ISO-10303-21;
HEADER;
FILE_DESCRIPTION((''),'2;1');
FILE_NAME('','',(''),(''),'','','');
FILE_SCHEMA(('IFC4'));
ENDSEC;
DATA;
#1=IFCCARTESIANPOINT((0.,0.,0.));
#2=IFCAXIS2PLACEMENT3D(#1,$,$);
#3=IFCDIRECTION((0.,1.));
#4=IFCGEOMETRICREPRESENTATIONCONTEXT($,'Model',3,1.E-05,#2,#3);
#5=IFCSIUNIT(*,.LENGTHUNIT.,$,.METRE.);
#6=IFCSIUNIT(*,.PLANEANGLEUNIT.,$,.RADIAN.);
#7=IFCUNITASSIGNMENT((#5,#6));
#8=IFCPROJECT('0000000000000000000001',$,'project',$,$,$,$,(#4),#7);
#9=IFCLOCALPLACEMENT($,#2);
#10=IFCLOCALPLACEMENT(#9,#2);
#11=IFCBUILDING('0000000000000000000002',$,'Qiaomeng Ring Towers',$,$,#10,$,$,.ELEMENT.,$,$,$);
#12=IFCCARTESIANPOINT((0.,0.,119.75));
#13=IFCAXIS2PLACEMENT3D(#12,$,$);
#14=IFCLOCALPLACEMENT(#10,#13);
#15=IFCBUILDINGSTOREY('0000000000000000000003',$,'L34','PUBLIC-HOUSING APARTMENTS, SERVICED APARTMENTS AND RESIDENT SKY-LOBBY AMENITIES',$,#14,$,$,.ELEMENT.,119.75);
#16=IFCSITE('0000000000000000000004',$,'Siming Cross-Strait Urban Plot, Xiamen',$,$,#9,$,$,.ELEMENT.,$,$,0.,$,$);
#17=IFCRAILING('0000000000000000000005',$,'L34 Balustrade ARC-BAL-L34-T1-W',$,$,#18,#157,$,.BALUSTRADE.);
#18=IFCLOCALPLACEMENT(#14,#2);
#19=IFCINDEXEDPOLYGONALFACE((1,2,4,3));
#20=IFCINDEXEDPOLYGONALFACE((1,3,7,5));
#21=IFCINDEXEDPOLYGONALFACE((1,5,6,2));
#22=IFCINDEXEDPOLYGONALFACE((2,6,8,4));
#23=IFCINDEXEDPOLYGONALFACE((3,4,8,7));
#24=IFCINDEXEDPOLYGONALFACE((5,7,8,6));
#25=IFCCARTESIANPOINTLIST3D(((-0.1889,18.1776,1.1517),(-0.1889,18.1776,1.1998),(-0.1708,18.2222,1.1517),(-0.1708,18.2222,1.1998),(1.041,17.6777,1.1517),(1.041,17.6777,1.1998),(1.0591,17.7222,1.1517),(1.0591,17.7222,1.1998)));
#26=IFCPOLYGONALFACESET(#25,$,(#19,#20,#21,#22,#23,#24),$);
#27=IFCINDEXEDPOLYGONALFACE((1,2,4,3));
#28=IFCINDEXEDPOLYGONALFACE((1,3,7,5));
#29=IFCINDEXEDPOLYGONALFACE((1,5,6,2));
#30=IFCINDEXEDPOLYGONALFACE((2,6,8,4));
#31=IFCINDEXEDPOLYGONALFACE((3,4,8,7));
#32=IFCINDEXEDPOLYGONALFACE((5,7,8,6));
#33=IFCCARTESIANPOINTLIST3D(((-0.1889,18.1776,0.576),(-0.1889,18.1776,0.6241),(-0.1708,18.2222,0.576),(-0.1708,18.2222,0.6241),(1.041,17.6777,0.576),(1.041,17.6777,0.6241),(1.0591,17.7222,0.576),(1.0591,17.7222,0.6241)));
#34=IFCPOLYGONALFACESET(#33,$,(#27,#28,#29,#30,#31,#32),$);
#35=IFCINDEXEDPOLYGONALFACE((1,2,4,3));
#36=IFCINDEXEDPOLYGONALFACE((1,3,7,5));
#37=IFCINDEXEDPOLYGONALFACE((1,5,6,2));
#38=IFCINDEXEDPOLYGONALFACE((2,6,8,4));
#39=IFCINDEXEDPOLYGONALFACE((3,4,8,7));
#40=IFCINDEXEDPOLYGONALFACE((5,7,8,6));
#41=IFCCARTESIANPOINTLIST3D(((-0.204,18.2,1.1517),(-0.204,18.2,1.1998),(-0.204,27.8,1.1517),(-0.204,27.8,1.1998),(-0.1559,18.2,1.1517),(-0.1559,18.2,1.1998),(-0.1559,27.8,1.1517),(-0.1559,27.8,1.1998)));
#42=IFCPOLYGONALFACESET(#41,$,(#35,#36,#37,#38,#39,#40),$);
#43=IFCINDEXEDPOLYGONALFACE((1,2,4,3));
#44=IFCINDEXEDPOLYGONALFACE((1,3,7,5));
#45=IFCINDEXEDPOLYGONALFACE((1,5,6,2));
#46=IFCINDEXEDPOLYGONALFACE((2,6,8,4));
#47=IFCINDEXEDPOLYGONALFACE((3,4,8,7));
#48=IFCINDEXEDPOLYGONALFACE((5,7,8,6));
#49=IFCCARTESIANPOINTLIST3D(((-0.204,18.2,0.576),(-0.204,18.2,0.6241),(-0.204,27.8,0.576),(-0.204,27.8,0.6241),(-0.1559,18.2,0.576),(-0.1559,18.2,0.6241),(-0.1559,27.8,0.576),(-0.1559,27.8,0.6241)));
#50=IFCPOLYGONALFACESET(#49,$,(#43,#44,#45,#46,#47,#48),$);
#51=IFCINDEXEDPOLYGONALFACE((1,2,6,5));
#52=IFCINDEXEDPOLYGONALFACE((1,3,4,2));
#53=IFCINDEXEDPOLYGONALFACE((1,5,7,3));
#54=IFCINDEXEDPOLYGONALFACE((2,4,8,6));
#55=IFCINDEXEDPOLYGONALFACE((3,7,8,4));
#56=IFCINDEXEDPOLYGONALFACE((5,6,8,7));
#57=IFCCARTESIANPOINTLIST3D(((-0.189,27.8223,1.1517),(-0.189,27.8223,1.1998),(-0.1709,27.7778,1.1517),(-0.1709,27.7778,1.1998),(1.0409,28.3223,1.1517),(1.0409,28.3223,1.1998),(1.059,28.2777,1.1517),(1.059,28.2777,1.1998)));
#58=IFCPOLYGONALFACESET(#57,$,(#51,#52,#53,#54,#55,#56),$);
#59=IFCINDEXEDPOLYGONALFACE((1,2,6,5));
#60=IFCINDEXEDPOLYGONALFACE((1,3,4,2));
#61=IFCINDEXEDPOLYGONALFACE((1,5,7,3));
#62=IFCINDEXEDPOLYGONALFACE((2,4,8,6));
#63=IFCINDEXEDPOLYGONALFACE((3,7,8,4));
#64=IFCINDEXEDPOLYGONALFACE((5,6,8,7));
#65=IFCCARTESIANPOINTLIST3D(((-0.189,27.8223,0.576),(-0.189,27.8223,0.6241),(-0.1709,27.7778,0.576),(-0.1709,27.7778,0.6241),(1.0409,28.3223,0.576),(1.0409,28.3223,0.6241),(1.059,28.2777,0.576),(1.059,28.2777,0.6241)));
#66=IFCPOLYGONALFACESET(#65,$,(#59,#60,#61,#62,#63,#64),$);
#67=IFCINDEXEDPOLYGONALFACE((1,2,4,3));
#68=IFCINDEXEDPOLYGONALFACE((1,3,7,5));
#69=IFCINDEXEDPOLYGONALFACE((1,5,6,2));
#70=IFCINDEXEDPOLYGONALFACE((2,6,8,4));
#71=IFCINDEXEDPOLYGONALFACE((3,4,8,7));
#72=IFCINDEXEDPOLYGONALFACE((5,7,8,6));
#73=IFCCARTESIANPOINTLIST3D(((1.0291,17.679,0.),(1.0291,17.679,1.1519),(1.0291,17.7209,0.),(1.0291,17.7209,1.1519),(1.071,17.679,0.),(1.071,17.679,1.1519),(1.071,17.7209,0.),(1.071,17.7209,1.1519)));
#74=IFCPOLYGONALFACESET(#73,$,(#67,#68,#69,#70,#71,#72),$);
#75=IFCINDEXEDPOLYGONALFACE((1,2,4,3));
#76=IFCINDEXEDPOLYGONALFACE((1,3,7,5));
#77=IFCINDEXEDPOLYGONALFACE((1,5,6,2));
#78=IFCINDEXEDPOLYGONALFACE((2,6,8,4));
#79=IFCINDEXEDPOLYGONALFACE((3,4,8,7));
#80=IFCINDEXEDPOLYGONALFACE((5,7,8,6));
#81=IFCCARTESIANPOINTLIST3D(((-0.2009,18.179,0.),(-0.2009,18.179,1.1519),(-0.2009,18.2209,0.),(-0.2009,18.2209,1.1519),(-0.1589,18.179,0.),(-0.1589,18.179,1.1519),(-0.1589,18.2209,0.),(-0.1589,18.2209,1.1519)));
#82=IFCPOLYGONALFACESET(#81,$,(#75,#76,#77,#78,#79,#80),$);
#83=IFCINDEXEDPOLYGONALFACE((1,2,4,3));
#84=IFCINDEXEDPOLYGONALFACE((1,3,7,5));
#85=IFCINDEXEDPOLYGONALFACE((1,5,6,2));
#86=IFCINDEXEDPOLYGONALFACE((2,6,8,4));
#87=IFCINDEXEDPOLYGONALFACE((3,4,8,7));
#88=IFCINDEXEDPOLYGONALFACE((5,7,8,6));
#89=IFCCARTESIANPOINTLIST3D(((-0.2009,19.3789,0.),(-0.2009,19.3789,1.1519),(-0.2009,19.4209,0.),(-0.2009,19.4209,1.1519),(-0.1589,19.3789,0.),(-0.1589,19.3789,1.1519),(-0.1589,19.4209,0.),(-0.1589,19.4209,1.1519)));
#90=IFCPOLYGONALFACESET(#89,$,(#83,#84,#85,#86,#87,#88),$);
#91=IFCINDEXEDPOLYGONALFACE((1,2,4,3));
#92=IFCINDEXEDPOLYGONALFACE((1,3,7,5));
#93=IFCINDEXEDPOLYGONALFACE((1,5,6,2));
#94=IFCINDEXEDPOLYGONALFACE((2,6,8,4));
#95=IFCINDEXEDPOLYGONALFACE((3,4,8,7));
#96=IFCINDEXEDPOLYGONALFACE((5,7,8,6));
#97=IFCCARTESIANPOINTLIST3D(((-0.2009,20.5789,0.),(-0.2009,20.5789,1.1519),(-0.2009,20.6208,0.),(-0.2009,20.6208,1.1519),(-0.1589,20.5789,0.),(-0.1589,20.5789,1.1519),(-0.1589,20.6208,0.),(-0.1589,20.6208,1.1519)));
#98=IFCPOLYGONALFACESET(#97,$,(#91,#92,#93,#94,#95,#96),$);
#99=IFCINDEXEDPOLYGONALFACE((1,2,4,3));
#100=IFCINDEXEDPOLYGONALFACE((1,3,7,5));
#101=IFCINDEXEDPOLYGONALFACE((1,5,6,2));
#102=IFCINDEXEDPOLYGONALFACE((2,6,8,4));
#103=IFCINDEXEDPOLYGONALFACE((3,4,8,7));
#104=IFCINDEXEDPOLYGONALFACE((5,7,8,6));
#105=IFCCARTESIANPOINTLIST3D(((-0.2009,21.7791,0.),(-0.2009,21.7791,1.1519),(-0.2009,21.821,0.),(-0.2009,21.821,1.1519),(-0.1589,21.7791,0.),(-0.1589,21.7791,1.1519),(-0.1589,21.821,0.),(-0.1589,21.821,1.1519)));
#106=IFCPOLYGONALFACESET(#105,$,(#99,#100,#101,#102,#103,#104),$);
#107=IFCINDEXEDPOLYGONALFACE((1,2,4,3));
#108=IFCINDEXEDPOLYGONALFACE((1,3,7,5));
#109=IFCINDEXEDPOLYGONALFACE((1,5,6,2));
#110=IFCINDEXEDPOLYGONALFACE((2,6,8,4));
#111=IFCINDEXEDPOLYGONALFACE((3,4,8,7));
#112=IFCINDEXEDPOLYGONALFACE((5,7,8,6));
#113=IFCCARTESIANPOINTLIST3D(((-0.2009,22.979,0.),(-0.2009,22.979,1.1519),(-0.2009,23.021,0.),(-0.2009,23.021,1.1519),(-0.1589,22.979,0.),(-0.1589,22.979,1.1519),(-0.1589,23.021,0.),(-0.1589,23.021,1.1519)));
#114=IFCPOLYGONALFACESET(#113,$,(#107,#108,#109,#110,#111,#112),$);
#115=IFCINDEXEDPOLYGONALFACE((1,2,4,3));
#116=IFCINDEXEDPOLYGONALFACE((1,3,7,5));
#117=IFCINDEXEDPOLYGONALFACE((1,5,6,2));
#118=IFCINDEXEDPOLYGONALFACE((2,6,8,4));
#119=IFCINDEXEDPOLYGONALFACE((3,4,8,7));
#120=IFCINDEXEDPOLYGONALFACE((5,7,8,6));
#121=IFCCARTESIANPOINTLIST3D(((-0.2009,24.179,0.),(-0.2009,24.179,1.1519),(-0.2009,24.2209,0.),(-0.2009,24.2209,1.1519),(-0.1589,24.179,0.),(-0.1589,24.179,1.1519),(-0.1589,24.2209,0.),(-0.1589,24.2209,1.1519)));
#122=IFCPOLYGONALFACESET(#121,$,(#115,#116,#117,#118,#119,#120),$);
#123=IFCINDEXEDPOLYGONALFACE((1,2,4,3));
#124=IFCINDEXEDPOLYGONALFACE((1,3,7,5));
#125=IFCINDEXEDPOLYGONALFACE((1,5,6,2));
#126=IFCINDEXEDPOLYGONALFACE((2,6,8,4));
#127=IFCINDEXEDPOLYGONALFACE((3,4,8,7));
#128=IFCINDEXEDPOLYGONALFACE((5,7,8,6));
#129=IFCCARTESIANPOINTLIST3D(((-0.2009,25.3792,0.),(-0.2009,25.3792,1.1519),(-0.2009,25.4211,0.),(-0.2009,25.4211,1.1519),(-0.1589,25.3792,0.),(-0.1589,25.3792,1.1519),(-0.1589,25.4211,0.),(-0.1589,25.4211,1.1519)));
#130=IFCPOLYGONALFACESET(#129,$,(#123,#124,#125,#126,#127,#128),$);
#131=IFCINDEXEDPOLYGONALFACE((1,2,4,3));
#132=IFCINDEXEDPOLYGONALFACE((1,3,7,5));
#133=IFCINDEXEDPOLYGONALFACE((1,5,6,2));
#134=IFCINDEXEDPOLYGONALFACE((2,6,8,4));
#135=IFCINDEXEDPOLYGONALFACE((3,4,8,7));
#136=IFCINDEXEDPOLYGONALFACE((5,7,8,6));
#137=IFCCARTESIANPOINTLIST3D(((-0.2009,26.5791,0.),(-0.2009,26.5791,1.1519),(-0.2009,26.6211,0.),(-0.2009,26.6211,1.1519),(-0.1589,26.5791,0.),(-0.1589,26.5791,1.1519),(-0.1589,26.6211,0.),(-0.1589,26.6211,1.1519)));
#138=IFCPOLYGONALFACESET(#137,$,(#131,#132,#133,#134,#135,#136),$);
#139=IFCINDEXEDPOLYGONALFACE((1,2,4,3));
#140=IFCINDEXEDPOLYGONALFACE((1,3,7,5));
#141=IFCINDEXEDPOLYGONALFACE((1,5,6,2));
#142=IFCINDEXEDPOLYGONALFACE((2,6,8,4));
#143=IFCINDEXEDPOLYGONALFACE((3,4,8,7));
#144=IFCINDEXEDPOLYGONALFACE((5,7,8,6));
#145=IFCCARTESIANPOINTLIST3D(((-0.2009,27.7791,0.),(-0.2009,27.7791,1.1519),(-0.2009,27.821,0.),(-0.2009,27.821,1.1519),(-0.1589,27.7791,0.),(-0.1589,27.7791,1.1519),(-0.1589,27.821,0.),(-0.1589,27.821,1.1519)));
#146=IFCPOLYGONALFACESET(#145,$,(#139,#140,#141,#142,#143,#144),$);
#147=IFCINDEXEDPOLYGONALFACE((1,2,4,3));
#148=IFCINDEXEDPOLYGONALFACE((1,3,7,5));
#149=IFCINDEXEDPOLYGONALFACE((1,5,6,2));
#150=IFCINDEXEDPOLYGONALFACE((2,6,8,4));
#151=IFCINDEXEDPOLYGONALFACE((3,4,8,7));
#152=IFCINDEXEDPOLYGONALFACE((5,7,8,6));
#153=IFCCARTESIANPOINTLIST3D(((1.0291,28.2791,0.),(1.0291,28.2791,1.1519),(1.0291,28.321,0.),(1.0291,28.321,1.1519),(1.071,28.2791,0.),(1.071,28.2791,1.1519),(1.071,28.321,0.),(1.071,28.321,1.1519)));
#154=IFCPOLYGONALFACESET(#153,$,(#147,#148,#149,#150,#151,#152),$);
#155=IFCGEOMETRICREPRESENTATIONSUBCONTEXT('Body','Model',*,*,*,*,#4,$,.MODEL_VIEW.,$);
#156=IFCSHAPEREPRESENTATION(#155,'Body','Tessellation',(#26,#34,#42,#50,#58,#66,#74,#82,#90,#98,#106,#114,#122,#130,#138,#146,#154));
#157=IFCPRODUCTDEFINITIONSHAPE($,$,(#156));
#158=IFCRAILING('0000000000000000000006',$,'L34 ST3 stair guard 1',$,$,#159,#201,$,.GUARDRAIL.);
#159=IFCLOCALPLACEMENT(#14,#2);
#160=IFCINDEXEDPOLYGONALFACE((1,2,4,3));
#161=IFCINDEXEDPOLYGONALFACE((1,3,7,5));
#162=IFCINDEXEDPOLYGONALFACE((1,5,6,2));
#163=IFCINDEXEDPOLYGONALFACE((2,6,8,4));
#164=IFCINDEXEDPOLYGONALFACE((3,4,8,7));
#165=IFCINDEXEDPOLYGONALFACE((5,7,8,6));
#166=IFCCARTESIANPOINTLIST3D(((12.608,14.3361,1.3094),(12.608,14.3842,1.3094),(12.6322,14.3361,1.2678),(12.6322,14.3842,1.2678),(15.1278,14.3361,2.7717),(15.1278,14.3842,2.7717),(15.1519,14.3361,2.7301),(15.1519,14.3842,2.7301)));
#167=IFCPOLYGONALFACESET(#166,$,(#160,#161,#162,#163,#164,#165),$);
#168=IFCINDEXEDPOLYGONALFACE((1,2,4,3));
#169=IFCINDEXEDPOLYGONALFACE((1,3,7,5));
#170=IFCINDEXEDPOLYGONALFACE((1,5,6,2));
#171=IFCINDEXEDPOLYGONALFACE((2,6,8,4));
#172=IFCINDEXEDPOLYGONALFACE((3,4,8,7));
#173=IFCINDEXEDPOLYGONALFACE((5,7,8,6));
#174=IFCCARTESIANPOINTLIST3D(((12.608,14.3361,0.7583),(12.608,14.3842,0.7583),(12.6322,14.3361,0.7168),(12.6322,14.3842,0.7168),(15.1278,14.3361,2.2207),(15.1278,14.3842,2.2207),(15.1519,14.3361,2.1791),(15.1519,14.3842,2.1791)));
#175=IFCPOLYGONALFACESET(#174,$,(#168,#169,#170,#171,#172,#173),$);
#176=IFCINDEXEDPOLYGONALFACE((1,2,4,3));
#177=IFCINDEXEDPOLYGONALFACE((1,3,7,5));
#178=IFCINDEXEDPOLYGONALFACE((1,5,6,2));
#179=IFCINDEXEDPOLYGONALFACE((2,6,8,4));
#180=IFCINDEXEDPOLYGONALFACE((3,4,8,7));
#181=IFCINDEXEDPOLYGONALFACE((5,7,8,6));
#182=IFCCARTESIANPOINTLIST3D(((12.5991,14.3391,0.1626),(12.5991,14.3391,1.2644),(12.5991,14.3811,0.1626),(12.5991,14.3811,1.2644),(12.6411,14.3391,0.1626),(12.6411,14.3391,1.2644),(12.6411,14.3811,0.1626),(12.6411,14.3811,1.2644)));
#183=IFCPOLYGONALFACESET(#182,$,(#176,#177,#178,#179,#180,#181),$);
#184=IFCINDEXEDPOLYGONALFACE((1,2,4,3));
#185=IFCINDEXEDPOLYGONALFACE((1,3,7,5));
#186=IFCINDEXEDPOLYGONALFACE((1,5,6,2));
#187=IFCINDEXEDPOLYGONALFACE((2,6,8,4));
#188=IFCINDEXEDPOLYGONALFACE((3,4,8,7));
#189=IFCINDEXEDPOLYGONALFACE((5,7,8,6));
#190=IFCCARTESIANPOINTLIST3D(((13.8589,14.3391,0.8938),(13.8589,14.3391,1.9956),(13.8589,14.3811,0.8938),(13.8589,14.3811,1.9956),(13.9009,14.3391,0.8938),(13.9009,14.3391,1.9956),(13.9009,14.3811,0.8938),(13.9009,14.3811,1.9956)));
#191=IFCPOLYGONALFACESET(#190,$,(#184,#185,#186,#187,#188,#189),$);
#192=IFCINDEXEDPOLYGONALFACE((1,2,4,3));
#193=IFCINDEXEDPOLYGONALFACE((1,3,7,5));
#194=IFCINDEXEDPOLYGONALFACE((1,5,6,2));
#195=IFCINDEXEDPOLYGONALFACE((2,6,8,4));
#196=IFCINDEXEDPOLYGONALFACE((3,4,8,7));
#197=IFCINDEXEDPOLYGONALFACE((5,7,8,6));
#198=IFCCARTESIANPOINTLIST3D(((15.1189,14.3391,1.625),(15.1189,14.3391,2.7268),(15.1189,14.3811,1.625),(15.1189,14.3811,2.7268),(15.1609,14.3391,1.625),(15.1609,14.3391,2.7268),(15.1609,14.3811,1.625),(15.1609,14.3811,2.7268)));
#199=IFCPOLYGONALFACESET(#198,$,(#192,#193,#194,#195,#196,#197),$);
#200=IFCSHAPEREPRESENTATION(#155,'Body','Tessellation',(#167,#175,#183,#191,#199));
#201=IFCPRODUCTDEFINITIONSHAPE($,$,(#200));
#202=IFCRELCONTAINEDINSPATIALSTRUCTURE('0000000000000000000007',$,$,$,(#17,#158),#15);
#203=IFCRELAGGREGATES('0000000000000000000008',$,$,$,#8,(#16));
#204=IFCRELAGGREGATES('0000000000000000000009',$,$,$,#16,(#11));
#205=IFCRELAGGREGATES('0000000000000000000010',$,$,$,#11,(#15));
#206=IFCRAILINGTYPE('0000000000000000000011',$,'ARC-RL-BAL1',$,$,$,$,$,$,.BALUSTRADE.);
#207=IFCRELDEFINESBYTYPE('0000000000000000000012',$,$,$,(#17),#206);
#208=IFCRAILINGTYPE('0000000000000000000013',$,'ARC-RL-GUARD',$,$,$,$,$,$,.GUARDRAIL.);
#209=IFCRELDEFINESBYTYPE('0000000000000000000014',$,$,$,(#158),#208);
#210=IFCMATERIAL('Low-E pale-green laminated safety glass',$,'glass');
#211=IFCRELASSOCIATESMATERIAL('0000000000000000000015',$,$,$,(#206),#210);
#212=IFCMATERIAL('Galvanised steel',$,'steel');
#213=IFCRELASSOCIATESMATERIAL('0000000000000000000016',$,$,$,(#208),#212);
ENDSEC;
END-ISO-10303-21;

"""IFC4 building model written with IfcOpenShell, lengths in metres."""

from ifc_helpers import new_model, si_unit, direction, frame, origin, origin_2d, place, context, subcontext, project, spatial, rectangle, extrude, material, type_object, element, save


model = new_model("IFC4")

# Units and contexts
model_context = context("Model", 3, precision=1e-05, world=origin(), true_north=direction((0.0, 1.0)))
body_context = subcontext(model_context, "Body", "Model", "MODEL_VIEW")
ifc_project = project(units=[si_unit("LENGTHUNIT", "METRE"), si_unit("PLANEANGLEUNIT", "RADIAN")], contexts=[model_context])

# Site, building, storey
site_placement = place(None, origin())
site = spatial("IfcSite", under=ifc_project, at=site_placement, Name="Siming Cross-Strait Urban Plot, Xiamen", CompositionType="ELEMENT", RefElevation=0.0)
building_placement = place(site_placement, origin())
building = spatial("IfcBuilding", under=site, at=building_placement, Name="Qiaomeng Ring Towers", CompositionType="ELEMENT")
storey_placement = place(building_placement, frame((0.0, 0.0, 119.75)))
storey = spatial("IfcBuildingStorey", under=building, at=storey_placement, Name="L34", Description="PUBLIC-HOUSING APARTMENTS, SERVICED APARTMENTS AND RESIDENT SKY-LOBBY AMENITIES", CompositionType="ELEMENT", Elevation=119.75)

# Shared definitions
ifc_material_1 = material(Name="Galvanised steel", Category="steel")

# Railings
ifc_material_2 = material(Name="Low-E pale-green laminated safety glass", Category="glass")
railing_type_1 = type_object("IfcRailingType", Name="ARC-RL-BAL1", PredefinedType="BALUSTRADE", material=ifc_material_2)
railing_1_placement = place(storey_placement, frame((1.05, 17.7, 0.0)))
element("IfcRailing", 1, at=railing_1_placement, inside=storey, type_object=railing_type_1, Name="L34 Balustrade ARC-BAL-L34-T1-W", PredefinedType="BALUSTRADE", context=body_context, shape_type="SweptSolid", body=[
    extrude(rectangle(XDim=0.0481, YDim=0.0481, at=origin_2d()), frame((0.0, 0.0, 1.1758), z_axis=(-0.926382, 0.376584, 0.0), x_axis=(-0.376584, -0.926382, 0.0)), (0.0, 0.0, 1.0), 1.3276),
    extrude(rectangle(XDim=0.0481, YDim=0.0481, at=origin_2d()), frame((0.0, 0.0, 0.6001), z_axis=(-0.926382, 0.376584, 0.0), x_axis=(-0.376584, -0.926382, 0.0)), (0.0, 0.0, 1.0), 1.3276),
    extrude(rectangle(XDim=0.0481, YDim=0.0481, at=origin_2d()), frame((-1.23, 0.5, 1.1758), z_axis=(0.0, 1.0, 0.0), x_axis=(-1.0, 0.0, 0.0)), (0.0, 0.0, 1.0), 9.6001),
    extrude(rectangle(XDim=0.0481, YDim=0.0481, at=origin_2d()), frame((-1.23, 0.5, 0.6001), z_axis=(0.0, 1.0, 0.0), x_axis=(-1.0, 0.0, 0.0)), (0.0, 0.0, 1.0), 9.6001),
    extrude(rectangle(XDim=0.0481, YDim=0.0481, at=origin_2d()), frame((-1.23, 10.1001, 1.1758), z_axis=(0.926382, 0.376584, 0.0), x_axis=(-0.376584, 0.926382, 0.0)), (0.0, 0.0, 1.0), 1.3276),
    extrude(rectangle(XDim=0.0481, YDim=0.0481, at=origin_2d()), frame((-1.23, 10.1001, 0.6001), z_axis=(0.926382, 0.376584, 0.0), x_axis=(-0.376584, 0.926382, 0.0)), (0.0, 0.0, 1.0), 1.3276),
    extrude(rectangle(XDim=0.042, YDim=0.042, at=origin_2d()), origin(), (0.0, 0.0, 1.0), 1.1519),
    extrude(rectangle(XDim=0.042, YDim=0.042, at=origin_2d()), frame((-1.23, 0.5, 0.0)), (0.0, 0.0, 1.0), 1.1519),
    extrude(rectangle(XDim=0.042, YDim=0.042, at=origin_2d()), frame((-1.23, 1.7, 0.0)), (0.0, 0.0, 1.0), 1.1519),
    extrude(rectangle(XDim=0.042, YDim=0.042, at=origin_2d()), frame((-1.23, 2.8999, 0.0)), (0.0, 0.0, 1.0), 1.1519),
    extrude(rectangle(XDim=0.042, YDim=0.042, at=origin_2d()), frame((-1.23, 4.1001, 0.0)), (0.0, 0.0, 1.0), 1.1519),
    extrude(rectangle(XDim=0.042, YDim=0.042, at=origin_2d()), frame((-1.23, 5.3, 0.0)), (0.0, 0.0, 1.0), 1.1519),
    extrude(rectangle(XDim=0.042, YDim=0.042, at=origin_2d()), frame((-1.23, 6.5, 0.0)), (0.0, 0.0, 1.0), 1.1519),
    extrude(rectangle(XDim=0.042, YDim=0.042, at=origin_2d()), frame((-1.23, 7.7002, 0.0)), (0.0, 0.0, 1.0), 1.1519),
    extrude(rectangle(XDim=0.042, YDim=0.042, at=origin_2d()), frame((-1.23, 8.9001, 0.0)), (0.0, 0.0, 1.0), 1.1519),
    extrude(rectangle(XDim=0.042, YDim=0.042, at=origin_2d()), frame((-1.23, 10.1001, 0.0)), (0.0, 0.0, 1.0), 1.1519),
    extrude(rectangle(XDim=0.042, YDim=0.042, at=origin_2d()), frame((0.0, 10.6001, 0.0)), (0.0, 0.0, 1.0), 1.1519),
])
railing_type_2 = type_object("IfcRailingType", Name="ARC-RL-GUARD", PredefinedType="GUARDRAIL", material=ifc_material_1)
railing_2_placement = place(storey_placement, frame((12.6201, 14.3601, 0.1626)))
element("IfcRailing", 2, at=railing_2_placement, inside=storey, type_object=railing_type_2, Name="L34 ST3 stair guard 1", PredefinedType="GUARDRAIL", context=body_context, shape_type="SweptSolid", body=[
    extrude(rectangle(XDim=0.0481, YDim=0.0481, at=origin_2d()), frame((0.0, 0.0, 1.126), z_axis=(0.864892, 0.0, 0.501958), x_axis=(0.0, 1.0, 0.0)), (0.0, 0.0, 1.0), 2.9133),
    extrude(rectangle(XDim=0.0481, YDim=0.0481, at=origin_2d()), frame((0.0, 0.0, 0.575), z_axis=(0.864892, 0.0, 0.501958), x_axis=(0.0, 1.0, 0.0)), (0.0, 0.0, 1.0), 2.9133),
    extrude(rectangle(XDim=0.042, YDim=0.042, at=origin_2d()), origin(), (0.0, 0.0, 1.0), 1.1018),
    extrude(rectangle(XDim=0.042, YDim=0.042, at=origin_2d()), frame((1.2598, 0.0, 0.7312)), (0.0, 0.0, 1.0), 1.1018),
    extrude(rectangle(XDim=0.042, YDim=0.042, at=origin_2d()), frame((2.5198, 0.0, 1.4624)), (0.0, 0.0, 1.0), 1.1018),
])

save(model, "model.ifc")
